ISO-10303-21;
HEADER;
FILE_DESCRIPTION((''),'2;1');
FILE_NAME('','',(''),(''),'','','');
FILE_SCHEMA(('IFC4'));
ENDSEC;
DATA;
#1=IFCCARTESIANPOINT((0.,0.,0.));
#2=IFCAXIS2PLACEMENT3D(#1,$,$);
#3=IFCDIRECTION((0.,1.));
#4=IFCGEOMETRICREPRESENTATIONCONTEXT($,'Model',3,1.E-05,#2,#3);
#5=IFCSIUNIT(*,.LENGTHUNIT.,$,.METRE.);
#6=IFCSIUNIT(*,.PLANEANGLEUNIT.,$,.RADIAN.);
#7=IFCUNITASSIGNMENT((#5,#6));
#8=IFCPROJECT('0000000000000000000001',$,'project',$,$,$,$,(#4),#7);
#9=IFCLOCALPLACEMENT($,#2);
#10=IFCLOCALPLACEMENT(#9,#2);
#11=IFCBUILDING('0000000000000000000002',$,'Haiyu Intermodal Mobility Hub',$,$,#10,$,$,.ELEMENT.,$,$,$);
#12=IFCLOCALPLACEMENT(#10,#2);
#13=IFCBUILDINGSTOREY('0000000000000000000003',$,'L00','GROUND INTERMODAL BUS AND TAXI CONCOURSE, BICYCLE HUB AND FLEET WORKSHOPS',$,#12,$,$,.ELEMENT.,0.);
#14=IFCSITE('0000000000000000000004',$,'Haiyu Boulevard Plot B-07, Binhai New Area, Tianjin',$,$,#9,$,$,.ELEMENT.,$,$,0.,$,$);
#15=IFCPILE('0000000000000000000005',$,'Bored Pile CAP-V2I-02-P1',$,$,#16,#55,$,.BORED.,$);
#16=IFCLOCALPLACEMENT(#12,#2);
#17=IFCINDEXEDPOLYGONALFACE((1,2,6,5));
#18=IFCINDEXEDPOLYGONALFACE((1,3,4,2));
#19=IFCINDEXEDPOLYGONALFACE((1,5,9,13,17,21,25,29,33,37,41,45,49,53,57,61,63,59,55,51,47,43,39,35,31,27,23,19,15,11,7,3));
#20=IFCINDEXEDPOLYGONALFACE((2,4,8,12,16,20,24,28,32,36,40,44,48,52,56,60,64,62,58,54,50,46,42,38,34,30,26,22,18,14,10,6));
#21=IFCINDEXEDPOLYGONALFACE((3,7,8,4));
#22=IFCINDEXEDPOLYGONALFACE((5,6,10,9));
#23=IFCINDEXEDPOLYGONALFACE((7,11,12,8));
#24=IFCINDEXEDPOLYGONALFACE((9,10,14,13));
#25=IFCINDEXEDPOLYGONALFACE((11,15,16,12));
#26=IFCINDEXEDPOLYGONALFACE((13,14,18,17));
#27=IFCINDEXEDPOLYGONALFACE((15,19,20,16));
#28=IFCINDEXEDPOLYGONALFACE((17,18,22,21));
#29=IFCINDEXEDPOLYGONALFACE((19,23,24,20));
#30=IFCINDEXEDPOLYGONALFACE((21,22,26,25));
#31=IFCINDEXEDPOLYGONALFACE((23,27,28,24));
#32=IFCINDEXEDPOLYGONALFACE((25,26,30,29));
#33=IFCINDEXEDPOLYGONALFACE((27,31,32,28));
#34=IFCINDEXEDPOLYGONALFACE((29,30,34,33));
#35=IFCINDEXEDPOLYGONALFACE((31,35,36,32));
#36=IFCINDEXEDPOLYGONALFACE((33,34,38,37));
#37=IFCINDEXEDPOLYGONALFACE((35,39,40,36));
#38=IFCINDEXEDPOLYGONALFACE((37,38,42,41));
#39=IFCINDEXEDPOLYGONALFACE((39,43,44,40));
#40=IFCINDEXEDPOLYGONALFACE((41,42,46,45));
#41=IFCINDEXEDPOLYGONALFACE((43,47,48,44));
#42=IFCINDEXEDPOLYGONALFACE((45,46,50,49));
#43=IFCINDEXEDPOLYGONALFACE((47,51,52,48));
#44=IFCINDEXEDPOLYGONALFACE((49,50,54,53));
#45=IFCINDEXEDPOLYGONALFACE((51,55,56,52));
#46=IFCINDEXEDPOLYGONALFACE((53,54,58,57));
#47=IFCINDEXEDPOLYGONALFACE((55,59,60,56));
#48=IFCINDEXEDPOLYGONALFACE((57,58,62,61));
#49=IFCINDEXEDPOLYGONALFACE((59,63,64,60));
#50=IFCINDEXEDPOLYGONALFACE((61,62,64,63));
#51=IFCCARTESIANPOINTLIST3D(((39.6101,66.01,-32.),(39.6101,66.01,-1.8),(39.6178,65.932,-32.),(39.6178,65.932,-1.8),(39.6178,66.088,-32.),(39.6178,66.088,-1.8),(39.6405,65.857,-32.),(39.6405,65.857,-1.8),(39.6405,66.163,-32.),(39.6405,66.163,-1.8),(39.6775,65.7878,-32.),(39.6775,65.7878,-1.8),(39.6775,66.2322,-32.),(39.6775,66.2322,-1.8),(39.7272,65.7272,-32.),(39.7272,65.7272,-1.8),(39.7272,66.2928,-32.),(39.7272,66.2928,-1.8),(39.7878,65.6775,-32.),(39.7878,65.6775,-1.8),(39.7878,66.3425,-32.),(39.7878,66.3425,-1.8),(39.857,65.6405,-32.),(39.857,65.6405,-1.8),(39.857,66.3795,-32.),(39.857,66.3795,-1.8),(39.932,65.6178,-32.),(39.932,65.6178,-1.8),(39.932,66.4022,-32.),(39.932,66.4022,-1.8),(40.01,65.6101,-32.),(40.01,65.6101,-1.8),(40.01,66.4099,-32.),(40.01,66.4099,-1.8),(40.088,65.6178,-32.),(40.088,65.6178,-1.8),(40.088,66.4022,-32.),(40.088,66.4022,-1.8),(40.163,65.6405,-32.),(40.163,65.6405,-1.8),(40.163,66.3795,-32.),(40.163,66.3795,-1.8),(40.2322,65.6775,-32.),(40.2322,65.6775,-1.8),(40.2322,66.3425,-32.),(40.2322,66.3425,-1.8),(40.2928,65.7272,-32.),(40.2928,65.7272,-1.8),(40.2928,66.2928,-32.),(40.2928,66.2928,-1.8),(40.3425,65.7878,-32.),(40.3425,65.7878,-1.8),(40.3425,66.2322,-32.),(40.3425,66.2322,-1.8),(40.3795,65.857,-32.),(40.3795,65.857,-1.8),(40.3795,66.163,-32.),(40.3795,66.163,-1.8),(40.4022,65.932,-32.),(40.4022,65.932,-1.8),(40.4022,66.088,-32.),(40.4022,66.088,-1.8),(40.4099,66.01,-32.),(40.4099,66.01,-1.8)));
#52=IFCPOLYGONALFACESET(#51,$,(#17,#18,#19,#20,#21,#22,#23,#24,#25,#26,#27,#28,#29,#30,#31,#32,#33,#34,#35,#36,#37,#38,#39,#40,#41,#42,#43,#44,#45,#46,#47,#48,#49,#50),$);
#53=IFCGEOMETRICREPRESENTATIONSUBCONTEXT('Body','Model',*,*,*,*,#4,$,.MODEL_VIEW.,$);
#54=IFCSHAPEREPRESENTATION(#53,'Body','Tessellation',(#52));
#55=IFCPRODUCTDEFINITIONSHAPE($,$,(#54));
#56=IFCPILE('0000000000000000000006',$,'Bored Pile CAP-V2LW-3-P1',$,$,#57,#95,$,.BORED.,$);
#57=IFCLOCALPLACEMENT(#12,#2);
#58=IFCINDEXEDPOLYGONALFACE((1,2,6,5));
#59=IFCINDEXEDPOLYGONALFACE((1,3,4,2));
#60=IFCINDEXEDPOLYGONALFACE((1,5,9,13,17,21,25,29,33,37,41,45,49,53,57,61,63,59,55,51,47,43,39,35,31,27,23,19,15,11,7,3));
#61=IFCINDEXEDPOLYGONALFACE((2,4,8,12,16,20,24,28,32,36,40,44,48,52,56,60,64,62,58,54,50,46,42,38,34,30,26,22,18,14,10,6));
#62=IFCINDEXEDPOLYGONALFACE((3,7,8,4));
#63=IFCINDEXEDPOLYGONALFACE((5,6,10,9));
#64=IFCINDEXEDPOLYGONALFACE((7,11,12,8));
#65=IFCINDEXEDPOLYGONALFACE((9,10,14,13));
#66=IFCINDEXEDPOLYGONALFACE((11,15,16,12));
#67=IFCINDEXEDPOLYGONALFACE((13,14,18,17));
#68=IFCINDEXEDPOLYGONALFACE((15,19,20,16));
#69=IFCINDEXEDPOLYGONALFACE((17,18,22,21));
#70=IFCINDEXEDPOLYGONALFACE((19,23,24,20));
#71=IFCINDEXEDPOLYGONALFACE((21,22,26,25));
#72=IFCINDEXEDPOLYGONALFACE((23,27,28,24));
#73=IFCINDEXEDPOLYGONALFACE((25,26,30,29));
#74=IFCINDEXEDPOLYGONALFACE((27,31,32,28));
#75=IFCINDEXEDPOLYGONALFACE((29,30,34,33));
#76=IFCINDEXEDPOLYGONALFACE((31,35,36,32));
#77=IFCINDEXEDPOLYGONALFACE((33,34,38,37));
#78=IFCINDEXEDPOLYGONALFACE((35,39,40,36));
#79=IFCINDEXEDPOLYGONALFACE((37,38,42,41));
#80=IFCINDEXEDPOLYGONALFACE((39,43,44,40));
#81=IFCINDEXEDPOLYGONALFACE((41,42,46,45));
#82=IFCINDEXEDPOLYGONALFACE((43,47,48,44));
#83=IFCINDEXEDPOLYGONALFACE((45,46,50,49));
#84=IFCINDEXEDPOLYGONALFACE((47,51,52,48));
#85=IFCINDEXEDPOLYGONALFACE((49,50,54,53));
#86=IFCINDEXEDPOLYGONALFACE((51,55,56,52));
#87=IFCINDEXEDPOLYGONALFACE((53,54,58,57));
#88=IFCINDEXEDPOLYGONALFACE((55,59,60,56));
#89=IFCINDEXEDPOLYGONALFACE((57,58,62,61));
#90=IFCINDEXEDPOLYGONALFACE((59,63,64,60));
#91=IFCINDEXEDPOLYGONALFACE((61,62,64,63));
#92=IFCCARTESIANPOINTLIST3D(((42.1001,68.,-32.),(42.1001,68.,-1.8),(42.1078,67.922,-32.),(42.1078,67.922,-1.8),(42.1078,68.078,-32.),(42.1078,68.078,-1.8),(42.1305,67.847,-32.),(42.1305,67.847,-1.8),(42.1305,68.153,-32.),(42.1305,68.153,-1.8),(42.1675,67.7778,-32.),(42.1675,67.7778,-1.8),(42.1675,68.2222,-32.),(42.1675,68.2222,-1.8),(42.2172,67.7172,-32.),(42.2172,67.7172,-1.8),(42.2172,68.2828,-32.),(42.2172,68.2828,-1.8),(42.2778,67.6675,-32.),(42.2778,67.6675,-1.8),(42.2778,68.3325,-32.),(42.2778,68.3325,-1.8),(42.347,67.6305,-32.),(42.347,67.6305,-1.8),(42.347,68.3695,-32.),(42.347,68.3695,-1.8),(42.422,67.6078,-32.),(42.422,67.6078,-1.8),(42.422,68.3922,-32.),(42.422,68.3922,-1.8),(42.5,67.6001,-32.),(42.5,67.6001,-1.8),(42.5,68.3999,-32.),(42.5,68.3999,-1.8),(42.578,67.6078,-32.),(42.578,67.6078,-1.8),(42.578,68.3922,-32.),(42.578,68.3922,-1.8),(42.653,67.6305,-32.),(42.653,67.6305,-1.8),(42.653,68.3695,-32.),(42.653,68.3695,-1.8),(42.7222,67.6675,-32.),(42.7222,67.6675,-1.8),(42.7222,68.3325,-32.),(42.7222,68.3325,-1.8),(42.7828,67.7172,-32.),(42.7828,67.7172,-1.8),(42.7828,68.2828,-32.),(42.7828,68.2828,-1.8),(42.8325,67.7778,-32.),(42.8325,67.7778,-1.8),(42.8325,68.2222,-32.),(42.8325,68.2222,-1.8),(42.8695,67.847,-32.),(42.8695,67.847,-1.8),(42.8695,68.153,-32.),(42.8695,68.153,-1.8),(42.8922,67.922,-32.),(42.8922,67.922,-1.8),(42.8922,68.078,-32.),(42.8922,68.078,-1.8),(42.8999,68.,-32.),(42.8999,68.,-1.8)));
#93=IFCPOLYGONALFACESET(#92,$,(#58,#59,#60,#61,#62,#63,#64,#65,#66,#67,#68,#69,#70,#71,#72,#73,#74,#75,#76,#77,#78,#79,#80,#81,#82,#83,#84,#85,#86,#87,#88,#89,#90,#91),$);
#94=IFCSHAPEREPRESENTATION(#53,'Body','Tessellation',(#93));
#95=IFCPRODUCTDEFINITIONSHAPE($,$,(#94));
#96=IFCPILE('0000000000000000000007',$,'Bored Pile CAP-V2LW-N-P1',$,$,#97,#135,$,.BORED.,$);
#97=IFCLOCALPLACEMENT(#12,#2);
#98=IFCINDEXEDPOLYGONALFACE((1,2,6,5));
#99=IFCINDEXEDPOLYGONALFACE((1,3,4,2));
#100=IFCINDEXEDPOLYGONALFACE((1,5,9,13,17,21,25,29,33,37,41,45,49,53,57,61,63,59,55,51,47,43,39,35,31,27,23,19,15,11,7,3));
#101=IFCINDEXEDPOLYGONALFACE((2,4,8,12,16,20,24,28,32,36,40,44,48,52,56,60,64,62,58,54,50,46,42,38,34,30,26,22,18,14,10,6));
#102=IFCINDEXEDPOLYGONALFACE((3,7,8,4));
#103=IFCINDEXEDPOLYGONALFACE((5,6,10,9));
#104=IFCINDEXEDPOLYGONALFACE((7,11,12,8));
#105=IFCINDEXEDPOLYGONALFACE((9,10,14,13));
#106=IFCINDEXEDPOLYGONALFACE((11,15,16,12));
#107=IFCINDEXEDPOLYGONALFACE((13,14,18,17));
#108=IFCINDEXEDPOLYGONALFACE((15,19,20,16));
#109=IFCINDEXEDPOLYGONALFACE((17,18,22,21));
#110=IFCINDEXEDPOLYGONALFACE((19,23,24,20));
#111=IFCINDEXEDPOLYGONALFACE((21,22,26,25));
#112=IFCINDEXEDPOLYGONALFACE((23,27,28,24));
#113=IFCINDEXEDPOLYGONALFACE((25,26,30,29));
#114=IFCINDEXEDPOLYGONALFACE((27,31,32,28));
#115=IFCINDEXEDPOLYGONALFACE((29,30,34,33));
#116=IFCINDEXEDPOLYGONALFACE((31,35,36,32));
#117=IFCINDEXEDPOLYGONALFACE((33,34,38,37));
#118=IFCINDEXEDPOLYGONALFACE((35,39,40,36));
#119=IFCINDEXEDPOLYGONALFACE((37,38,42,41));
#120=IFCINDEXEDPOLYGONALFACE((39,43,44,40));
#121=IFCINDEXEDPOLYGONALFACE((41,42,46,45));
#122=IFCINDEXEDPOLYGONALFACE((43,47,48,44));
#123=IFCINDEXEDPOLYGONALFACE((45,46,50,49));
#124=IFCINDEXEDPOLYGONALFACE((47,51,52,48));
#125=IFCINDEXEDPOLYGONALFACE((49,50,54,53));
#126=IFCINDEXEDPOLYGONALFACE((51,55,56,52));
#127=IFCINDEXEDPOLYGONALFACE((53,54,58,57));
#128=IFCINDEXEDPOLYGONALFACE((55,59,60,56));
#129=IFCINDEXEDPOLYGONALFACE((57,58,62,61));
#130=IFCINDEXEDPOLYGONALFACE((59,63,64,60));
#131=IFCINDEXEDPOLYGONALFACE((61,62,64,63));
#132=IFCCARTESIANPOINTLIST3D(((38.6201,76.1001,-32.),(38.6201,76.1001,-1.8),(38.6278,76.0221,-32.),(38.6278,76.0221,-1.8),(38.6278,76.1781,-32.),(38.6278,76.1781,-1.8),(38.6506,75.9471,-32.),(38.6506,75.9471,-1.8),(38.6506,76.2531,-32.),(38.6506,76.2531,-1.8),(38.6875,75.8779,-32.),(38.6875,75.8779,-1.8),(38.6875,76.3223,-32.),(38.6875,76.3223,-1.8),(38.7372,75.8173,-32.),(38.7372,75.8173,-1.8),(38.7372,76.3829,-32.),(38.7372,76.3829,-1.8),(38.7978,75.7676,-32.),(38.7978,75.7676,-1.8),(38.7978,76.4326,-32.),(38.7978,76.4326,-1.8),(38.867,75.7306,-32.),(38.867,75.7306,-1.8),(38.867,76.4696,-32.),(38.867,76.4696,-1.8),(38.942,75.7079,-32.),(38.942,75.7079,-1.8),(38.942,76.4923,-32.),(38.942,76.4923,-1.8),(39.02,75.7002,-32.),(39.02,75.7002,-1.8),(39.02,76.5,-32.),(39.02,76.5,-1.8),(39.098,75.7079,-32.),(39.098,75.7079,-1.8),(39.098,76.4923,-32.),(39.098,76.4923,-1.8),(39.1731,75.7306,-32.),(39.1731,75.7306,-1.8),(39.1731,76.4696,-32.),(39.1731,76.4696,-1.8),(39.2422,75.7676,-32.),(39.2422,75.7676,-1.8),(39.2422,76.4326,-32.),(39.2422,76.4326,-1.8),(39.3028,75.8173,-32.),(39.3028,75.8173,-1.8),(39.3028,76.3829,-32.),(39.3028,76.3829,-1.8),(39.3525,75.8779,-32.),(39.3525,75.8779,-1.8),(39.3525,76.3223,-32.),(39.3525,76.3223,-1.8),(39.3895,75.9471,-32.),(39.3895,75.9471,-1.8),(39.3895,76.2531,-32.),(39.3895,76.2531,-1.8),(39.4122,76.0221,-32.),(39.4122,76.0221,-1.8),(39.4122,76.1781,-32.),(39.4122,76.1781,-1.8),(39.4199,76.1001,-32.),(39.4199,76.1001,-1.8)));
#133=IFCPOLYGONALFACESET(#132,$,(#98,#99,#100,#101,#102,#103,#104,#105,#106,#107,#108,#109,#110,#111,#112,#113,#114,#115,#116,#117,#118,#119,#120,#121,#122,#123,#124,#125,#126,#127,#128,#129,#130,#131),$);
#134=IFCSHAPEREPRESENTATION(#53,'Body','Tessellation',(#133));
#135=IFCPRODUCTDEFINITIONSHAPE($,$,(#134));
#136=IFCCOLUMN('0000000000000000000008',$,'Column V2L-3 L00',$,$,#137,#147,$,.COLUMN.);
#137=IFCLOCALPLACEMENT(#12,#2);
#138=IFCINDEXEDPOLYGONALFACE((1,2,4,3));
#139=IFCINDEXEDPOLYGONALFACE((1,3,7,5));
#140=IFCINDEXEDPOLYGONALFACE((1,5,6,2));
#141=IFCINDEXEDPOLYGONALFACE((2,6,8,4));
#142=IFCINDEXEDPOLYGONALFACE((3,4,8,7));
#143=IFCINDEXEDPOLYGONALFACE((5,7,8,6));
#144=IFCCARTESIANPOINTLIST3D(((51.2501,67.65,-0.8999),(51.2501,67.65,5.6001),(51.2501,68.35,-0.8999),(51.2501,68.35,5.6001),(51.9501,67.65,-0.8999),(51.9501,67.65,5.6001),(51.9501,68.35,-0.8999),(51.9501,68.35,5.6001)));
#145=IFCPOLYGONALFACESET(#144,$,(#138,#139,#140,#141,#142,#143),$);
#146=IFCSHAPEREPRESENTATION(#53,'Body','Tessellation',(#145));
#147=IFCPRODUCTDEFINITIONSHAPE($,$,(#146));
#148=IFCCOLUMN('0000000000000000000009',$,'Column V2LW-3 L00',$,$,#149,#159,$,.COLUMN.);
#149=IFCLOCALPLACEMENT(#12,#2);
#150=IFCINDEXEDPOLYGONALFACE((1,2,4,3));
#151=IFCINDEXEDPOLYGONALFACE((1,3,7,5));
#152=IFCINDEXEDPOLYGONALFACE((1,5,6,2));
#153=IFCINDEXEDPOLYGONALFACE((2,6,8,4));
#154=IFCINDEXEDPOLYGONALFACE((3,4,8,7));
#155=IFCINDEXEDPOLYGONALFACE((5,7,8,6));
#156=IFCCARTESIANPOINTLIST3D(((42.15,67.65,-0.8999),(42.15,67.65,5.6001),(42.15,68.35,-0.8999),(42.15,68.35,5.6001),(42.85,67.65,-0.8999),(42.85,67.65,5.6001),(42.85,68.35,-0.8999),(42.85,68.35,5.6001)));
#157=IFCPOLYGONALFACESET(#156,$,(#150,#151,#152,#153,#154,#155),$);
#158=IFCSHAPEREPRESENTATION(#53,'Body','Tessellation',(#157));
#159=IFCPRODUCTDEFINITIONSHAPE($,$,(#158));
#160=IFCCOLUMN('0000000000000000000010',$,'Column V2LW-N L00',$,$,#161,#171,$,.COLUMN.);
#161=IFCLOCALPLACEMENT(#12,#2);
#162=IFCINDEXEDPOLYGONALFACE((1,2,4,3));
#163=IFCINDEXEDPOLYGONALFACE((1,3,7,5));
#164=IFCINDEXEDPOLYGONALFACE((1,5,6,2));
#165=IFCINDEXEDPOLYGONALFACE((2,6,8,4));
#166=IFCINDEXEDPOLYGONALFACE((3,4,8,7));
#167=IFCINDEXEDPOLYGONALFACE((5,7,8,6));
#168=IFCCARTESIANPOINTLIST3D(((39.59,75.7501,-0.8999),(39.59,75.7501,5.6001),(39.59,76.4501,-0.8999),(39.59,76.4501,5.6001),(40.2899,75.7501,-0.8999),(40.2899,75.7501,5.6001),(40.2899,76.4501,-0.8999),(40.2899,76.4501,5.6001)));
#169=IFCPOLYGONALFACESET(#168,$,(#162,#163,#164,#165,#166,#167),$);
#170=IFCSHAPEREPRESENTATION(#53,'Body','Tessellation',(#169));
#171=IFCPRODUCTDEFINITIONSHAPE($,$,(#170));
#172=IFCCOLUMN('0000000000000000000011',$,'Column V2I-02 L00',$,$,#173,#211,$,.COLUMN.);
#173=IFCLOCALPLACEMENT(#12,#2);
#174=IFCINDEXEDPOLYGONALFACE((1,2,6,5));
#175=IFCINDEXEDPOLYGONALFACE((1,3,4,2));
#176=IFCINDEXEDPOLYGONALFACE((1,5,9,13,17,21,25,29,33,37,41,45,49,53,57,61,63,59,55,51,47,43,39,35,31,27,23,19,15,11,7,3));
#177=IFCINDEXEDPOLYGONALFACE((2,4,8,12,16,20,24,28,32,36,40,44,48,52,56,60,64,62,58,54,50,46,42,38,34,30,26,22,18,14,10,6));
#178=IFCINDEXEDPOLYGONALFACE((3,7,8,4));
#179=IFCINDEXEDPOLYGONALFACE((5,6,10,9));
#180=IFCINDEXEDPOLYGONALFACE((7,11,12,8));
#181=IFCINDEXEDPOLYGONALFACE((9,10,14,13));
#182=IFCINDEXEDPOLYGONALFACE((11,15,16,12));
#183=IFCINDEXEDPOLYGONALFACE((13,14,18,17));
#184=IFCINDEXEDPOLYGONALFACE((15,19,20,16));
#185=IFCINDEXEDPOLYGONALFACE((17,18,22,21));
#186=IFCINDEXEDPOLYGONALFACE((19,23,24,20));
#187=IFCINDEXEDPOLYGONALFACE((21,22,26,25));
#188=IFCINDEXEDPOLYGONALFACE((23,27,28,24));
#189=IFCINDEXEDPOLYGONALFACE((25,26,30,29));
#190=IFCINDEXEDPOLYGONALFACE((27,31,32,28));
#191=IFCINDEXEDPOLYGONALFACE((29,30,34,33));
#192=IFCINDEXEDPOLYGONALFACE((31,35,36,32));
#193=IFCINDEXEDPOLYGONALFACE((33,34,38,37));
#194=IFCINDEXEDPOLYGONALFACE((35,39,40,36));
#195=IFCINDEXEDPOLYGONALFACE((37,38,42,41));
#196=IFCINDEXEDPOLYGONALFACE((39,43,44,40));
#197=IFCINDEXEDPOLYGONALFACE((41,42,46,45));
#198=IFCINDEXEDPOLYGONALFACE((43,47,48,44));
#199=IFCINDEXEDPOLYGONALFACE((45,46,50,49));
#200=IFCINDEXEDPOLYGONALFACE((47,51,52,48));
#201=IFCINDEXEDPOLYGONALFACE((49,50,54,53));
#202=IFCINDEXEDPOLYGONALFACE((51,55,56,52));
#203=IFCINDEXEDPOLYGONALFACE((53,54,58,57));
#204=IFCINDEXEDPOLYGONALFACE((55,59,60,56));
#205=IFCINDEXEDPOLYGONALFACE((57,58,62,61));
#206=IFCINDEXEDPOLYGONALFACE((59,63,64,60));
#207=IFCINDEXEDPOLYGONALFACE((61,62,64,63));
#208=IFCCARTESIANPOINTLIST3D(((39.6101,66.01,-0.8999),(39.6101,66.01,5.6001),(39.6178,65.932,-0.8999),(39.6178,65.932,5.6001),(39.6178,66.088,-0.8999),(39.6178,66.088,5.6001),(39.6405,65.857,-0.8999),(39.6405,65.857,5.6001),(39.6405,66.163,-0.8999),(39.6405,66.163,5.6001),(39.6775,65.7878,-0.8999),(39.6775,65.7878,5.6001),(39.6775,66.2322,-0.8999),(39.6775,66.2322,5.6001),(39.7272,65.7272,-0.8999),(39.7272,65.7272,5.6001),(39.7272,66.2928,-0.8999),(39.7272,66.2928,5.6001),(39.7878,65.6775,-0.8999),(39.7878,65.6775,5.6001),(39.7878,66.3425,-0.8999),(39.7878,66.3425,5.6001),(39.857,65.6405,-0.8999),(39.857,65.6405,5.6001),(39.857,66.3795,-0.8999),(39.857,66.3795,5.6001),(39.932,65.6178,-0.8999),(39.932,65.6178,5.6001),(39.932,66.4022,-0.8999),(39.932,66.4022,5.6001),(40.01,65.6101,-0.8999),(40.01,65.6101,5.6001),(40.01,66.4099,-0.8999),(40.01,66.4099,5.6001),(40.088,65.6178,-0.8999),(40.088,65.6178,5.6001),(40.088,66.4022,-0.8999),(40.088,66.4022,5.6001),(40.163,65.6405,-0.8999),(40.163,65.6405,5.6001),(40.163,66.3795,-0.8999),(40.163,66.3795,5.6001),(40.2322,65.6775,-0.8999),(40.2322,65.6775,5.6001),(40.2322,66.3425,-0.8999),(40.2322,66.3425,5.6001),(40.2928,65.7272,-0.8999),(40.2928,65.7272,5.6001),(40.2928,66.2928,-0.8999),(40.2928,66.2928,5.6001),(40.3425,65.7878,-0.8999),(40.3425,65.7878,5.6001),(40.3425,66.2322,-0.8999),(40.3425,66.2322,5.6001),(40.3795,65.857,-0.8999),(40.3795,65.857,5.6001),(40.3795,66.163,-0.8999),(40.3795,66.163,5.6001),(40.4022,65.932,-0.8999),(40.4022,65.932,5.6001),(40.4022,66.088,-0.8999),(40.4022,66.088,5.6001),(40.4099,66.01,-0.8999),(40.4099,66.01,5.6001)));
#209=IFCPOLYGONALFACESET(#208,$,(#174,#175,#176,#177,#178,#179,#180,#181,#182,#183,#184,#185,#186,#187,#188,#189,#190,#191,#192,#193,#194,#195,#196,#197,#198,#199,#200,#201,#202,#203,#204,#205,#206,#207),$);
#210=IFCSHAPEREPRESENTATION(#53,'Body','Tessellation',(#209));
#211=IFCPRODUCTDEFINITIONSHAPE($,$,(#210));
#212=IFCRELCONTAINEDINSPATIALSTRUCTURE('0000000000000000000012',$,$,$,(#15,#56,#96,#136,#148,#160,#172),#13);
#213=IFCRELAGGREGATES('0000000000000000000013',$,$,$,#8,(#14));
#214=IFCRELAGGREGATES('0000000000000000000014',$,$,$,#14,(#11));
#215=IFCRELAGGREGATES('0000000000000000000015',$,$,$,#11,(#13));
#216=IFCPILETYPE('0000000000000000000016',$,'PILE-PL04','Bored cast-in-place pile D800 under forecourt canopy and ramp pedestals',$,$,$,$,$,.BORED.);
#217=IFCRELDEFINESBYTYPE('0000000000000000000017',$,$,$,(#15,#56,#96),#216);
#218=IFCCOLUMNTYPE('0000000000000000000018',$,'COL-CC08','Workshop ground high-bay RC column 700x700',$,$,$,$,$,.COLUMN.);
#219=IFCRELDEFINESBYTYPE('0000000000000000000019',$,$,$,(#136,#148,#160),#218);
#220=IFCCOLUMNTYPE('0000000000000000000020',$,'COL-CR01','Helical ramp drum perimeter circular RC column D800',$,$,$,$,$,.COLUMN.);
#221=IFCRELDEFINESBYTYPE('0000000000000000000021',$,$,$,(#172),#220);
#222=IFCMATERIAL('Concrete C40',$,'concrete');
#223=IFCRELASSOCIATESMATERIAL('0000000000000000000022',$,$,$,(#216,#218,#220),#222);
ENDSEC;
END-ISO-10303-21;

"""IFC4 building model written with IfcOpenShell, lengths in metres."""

from ifc_helpers import new_model, si_unit, direction, frame, origin, origin_2d, place, context, subcontext, project, spatial, rectangle, circle, extrude, material, material_profile, profile_set, type_object, element, save


model = new_model("IFC4")

# Units and contexts
model_context = context("Model", 3, precision=1e-05, world=origin(), true_north=direction((0.0, 1.0)))
body_context = subcontext(model_context, "Body", "Model", "MODEL_VIEW")
ifc_project = project(units=[si_unit("LENGTHUNIT", "METRE"), si_unit("PLANEANGLEUNIT", "RADIAN")], contexts=[model_context])

# Site, building, storey
site_placement = place(None, origin())
site = spatial("IfcSite", under=ifc_project, at=site_placement, Name="Haiyu Boulevard Plot B-07, Binhai New Area, Tianjin", CompositionType="ELEMENT", RefElevation=0.0)
building_placement = place(site_placement, origin())
building = spatial("IfcBuilding", under=site, at=building_placement, Name="Haiyu Intermodal Mobility Hub", CompositionType="ELEMENT")
storey_placement = place(building_placement, origin())
storey = spatial("IfcBuildingStorey", under=building, at=storey_placement, Name="L00", Description="GROUND INTERMODAL BUS AND TAXI CONCOURSE, BICYCLE HUB AND FLEET WORKSHOPS", CompositionType="ELEMENT", Elevation=0.0)

# Shared definitions
ifc_material_1 = material(Name="Concrete C40", Category="concrete")

# Piles
ifc_material_profile_1 = material_profile(ifc_material_1, circle(Radius=0.3999, at=origin_2d()), Name="PILE-D800")
ifc_profile_set_1 = profile_set([ifc_material_profile_1], Name="Concrete C40")
pile_type = type_object("IfcPileType", Name="PILE-PL04", Description="Bored cast-in-place pile D800 under forecourt canopy and ramp pedestals", PredefinedType="BORED", material=ifc_profile_set_1)
for number, where, z_axis, x_axis, name in (
    (1, (40.01, 66.01, -1.8), (0.0, 0.0, -1.0), (1.0, 0.0, 0.0), "Bored Pile CAP-V2I-02-P1"),
    (2, (42.5, 68.0, -1.8), (0.0, 0.0, -1.0), (1.0, 0.0, 0.0), "Bored Pile CAP-V2LW-3-P1"),
    (3, (39.02, 76.1001, -1.8), (0.0, 0.0, -1.0), (1.0, 0.0, 0.0), "Bored Pile CAP-V2LW-N-P1"),
):
    element("IfcPile", number, at=place(storey_placement, frame(where, z_axis=z_axis, x_axis=x_axis)), inside=storey, type_object=pile_type, Name=name, PredefinedType="BORED", context=body_context, shape_type="SweptSolid", body=[
        extrude(circle(Radius=0.3999, at=origin_2d()), origin(), (0.0, 0.0, 1.0), 30.2),
    ])

# Columns
ifc_material_profile_2 = material_profile(ifc_material_1, rectangle(XDim=0.7, YDim=0.7, at=origin_2d()), Name="RC700x700")
ifc_profile_set_2 = profile_set([ifc_material_profile_2], Name="Concrete C40")
column_type_1 = type_object("IfcColumnType", Name="COL-CC08", Description="Workshop ground high-bay RC column 700x700", PredefinedType="COLUMN", material=ifc_profile_set_2)
for number, where, z_axis, x_axis, name in (
    (4, (51.6001, 68.0, -0.8999), (0.0, 0.0, 1.0), (1.0, 0.0, 0.0), "Column V2L-3 L00"),
    (5, (42.5, 68.0, -0.8999), (0.0, 0.0, 1.0), (1.0, 0.0, 0.0), "Column V2LW-3 L00"),
    (6, (39.9399, 76.1001, -0.8999), (0.0, 0.0, 1.0), (1.0, 0.0, 0.0), "Column V2LW-N L00"),
):
    element("IfcColumn", number, at=place(storey_placement, frame(where, z_axis=z_axis, x_axis=x_axis)), inside=storey, type_object=column_type_1, Name=name, PredefinedType="COLUMN", context=body_context, shape_type="SweptSolid", body=[
        extrude(rectangle(XDim=0.7, YDim=0.7, at=origin_2d()), origin(), (0.0, 0.0, 1.0), 6.5),
    ])
ifc_material_profile_3 = material_profile(ifc_material_1, circle(Radius=0.3999, at=origin_2d()), Name="RCCOL-D800")
ifc_profile_set_3 = profile_set([ifc_material_profile_3], Name="Concrete C40")
column_type_2 = type_object("IfcColumnType", Name="COL-CR01", Description="Helical ramp drum perimeter circular RC column D800", PredefinedType="COLUMN", material=ifc_profile_set_3)
column_placement = place(storey_placement, frame((40.01, 66.01, -0.8999), z_axis=(0.0, 0.0, 1.0), x_axis=(1.0, 0.0, 0.0)))
element("IfcColumn", 7, at=column_placement, inside=storey, type_object=column_type_2, Name="Column V2I-02 L00", PredefinedType="COLUMN", context=body_context, shape_type="SweptSolid", body=[
    extrude(circle(Radius=0.3999, at=origin_2d()), origin(), (0.0, 0.0, 1.0), 6.5),
])

save(model, "model.ifc")
